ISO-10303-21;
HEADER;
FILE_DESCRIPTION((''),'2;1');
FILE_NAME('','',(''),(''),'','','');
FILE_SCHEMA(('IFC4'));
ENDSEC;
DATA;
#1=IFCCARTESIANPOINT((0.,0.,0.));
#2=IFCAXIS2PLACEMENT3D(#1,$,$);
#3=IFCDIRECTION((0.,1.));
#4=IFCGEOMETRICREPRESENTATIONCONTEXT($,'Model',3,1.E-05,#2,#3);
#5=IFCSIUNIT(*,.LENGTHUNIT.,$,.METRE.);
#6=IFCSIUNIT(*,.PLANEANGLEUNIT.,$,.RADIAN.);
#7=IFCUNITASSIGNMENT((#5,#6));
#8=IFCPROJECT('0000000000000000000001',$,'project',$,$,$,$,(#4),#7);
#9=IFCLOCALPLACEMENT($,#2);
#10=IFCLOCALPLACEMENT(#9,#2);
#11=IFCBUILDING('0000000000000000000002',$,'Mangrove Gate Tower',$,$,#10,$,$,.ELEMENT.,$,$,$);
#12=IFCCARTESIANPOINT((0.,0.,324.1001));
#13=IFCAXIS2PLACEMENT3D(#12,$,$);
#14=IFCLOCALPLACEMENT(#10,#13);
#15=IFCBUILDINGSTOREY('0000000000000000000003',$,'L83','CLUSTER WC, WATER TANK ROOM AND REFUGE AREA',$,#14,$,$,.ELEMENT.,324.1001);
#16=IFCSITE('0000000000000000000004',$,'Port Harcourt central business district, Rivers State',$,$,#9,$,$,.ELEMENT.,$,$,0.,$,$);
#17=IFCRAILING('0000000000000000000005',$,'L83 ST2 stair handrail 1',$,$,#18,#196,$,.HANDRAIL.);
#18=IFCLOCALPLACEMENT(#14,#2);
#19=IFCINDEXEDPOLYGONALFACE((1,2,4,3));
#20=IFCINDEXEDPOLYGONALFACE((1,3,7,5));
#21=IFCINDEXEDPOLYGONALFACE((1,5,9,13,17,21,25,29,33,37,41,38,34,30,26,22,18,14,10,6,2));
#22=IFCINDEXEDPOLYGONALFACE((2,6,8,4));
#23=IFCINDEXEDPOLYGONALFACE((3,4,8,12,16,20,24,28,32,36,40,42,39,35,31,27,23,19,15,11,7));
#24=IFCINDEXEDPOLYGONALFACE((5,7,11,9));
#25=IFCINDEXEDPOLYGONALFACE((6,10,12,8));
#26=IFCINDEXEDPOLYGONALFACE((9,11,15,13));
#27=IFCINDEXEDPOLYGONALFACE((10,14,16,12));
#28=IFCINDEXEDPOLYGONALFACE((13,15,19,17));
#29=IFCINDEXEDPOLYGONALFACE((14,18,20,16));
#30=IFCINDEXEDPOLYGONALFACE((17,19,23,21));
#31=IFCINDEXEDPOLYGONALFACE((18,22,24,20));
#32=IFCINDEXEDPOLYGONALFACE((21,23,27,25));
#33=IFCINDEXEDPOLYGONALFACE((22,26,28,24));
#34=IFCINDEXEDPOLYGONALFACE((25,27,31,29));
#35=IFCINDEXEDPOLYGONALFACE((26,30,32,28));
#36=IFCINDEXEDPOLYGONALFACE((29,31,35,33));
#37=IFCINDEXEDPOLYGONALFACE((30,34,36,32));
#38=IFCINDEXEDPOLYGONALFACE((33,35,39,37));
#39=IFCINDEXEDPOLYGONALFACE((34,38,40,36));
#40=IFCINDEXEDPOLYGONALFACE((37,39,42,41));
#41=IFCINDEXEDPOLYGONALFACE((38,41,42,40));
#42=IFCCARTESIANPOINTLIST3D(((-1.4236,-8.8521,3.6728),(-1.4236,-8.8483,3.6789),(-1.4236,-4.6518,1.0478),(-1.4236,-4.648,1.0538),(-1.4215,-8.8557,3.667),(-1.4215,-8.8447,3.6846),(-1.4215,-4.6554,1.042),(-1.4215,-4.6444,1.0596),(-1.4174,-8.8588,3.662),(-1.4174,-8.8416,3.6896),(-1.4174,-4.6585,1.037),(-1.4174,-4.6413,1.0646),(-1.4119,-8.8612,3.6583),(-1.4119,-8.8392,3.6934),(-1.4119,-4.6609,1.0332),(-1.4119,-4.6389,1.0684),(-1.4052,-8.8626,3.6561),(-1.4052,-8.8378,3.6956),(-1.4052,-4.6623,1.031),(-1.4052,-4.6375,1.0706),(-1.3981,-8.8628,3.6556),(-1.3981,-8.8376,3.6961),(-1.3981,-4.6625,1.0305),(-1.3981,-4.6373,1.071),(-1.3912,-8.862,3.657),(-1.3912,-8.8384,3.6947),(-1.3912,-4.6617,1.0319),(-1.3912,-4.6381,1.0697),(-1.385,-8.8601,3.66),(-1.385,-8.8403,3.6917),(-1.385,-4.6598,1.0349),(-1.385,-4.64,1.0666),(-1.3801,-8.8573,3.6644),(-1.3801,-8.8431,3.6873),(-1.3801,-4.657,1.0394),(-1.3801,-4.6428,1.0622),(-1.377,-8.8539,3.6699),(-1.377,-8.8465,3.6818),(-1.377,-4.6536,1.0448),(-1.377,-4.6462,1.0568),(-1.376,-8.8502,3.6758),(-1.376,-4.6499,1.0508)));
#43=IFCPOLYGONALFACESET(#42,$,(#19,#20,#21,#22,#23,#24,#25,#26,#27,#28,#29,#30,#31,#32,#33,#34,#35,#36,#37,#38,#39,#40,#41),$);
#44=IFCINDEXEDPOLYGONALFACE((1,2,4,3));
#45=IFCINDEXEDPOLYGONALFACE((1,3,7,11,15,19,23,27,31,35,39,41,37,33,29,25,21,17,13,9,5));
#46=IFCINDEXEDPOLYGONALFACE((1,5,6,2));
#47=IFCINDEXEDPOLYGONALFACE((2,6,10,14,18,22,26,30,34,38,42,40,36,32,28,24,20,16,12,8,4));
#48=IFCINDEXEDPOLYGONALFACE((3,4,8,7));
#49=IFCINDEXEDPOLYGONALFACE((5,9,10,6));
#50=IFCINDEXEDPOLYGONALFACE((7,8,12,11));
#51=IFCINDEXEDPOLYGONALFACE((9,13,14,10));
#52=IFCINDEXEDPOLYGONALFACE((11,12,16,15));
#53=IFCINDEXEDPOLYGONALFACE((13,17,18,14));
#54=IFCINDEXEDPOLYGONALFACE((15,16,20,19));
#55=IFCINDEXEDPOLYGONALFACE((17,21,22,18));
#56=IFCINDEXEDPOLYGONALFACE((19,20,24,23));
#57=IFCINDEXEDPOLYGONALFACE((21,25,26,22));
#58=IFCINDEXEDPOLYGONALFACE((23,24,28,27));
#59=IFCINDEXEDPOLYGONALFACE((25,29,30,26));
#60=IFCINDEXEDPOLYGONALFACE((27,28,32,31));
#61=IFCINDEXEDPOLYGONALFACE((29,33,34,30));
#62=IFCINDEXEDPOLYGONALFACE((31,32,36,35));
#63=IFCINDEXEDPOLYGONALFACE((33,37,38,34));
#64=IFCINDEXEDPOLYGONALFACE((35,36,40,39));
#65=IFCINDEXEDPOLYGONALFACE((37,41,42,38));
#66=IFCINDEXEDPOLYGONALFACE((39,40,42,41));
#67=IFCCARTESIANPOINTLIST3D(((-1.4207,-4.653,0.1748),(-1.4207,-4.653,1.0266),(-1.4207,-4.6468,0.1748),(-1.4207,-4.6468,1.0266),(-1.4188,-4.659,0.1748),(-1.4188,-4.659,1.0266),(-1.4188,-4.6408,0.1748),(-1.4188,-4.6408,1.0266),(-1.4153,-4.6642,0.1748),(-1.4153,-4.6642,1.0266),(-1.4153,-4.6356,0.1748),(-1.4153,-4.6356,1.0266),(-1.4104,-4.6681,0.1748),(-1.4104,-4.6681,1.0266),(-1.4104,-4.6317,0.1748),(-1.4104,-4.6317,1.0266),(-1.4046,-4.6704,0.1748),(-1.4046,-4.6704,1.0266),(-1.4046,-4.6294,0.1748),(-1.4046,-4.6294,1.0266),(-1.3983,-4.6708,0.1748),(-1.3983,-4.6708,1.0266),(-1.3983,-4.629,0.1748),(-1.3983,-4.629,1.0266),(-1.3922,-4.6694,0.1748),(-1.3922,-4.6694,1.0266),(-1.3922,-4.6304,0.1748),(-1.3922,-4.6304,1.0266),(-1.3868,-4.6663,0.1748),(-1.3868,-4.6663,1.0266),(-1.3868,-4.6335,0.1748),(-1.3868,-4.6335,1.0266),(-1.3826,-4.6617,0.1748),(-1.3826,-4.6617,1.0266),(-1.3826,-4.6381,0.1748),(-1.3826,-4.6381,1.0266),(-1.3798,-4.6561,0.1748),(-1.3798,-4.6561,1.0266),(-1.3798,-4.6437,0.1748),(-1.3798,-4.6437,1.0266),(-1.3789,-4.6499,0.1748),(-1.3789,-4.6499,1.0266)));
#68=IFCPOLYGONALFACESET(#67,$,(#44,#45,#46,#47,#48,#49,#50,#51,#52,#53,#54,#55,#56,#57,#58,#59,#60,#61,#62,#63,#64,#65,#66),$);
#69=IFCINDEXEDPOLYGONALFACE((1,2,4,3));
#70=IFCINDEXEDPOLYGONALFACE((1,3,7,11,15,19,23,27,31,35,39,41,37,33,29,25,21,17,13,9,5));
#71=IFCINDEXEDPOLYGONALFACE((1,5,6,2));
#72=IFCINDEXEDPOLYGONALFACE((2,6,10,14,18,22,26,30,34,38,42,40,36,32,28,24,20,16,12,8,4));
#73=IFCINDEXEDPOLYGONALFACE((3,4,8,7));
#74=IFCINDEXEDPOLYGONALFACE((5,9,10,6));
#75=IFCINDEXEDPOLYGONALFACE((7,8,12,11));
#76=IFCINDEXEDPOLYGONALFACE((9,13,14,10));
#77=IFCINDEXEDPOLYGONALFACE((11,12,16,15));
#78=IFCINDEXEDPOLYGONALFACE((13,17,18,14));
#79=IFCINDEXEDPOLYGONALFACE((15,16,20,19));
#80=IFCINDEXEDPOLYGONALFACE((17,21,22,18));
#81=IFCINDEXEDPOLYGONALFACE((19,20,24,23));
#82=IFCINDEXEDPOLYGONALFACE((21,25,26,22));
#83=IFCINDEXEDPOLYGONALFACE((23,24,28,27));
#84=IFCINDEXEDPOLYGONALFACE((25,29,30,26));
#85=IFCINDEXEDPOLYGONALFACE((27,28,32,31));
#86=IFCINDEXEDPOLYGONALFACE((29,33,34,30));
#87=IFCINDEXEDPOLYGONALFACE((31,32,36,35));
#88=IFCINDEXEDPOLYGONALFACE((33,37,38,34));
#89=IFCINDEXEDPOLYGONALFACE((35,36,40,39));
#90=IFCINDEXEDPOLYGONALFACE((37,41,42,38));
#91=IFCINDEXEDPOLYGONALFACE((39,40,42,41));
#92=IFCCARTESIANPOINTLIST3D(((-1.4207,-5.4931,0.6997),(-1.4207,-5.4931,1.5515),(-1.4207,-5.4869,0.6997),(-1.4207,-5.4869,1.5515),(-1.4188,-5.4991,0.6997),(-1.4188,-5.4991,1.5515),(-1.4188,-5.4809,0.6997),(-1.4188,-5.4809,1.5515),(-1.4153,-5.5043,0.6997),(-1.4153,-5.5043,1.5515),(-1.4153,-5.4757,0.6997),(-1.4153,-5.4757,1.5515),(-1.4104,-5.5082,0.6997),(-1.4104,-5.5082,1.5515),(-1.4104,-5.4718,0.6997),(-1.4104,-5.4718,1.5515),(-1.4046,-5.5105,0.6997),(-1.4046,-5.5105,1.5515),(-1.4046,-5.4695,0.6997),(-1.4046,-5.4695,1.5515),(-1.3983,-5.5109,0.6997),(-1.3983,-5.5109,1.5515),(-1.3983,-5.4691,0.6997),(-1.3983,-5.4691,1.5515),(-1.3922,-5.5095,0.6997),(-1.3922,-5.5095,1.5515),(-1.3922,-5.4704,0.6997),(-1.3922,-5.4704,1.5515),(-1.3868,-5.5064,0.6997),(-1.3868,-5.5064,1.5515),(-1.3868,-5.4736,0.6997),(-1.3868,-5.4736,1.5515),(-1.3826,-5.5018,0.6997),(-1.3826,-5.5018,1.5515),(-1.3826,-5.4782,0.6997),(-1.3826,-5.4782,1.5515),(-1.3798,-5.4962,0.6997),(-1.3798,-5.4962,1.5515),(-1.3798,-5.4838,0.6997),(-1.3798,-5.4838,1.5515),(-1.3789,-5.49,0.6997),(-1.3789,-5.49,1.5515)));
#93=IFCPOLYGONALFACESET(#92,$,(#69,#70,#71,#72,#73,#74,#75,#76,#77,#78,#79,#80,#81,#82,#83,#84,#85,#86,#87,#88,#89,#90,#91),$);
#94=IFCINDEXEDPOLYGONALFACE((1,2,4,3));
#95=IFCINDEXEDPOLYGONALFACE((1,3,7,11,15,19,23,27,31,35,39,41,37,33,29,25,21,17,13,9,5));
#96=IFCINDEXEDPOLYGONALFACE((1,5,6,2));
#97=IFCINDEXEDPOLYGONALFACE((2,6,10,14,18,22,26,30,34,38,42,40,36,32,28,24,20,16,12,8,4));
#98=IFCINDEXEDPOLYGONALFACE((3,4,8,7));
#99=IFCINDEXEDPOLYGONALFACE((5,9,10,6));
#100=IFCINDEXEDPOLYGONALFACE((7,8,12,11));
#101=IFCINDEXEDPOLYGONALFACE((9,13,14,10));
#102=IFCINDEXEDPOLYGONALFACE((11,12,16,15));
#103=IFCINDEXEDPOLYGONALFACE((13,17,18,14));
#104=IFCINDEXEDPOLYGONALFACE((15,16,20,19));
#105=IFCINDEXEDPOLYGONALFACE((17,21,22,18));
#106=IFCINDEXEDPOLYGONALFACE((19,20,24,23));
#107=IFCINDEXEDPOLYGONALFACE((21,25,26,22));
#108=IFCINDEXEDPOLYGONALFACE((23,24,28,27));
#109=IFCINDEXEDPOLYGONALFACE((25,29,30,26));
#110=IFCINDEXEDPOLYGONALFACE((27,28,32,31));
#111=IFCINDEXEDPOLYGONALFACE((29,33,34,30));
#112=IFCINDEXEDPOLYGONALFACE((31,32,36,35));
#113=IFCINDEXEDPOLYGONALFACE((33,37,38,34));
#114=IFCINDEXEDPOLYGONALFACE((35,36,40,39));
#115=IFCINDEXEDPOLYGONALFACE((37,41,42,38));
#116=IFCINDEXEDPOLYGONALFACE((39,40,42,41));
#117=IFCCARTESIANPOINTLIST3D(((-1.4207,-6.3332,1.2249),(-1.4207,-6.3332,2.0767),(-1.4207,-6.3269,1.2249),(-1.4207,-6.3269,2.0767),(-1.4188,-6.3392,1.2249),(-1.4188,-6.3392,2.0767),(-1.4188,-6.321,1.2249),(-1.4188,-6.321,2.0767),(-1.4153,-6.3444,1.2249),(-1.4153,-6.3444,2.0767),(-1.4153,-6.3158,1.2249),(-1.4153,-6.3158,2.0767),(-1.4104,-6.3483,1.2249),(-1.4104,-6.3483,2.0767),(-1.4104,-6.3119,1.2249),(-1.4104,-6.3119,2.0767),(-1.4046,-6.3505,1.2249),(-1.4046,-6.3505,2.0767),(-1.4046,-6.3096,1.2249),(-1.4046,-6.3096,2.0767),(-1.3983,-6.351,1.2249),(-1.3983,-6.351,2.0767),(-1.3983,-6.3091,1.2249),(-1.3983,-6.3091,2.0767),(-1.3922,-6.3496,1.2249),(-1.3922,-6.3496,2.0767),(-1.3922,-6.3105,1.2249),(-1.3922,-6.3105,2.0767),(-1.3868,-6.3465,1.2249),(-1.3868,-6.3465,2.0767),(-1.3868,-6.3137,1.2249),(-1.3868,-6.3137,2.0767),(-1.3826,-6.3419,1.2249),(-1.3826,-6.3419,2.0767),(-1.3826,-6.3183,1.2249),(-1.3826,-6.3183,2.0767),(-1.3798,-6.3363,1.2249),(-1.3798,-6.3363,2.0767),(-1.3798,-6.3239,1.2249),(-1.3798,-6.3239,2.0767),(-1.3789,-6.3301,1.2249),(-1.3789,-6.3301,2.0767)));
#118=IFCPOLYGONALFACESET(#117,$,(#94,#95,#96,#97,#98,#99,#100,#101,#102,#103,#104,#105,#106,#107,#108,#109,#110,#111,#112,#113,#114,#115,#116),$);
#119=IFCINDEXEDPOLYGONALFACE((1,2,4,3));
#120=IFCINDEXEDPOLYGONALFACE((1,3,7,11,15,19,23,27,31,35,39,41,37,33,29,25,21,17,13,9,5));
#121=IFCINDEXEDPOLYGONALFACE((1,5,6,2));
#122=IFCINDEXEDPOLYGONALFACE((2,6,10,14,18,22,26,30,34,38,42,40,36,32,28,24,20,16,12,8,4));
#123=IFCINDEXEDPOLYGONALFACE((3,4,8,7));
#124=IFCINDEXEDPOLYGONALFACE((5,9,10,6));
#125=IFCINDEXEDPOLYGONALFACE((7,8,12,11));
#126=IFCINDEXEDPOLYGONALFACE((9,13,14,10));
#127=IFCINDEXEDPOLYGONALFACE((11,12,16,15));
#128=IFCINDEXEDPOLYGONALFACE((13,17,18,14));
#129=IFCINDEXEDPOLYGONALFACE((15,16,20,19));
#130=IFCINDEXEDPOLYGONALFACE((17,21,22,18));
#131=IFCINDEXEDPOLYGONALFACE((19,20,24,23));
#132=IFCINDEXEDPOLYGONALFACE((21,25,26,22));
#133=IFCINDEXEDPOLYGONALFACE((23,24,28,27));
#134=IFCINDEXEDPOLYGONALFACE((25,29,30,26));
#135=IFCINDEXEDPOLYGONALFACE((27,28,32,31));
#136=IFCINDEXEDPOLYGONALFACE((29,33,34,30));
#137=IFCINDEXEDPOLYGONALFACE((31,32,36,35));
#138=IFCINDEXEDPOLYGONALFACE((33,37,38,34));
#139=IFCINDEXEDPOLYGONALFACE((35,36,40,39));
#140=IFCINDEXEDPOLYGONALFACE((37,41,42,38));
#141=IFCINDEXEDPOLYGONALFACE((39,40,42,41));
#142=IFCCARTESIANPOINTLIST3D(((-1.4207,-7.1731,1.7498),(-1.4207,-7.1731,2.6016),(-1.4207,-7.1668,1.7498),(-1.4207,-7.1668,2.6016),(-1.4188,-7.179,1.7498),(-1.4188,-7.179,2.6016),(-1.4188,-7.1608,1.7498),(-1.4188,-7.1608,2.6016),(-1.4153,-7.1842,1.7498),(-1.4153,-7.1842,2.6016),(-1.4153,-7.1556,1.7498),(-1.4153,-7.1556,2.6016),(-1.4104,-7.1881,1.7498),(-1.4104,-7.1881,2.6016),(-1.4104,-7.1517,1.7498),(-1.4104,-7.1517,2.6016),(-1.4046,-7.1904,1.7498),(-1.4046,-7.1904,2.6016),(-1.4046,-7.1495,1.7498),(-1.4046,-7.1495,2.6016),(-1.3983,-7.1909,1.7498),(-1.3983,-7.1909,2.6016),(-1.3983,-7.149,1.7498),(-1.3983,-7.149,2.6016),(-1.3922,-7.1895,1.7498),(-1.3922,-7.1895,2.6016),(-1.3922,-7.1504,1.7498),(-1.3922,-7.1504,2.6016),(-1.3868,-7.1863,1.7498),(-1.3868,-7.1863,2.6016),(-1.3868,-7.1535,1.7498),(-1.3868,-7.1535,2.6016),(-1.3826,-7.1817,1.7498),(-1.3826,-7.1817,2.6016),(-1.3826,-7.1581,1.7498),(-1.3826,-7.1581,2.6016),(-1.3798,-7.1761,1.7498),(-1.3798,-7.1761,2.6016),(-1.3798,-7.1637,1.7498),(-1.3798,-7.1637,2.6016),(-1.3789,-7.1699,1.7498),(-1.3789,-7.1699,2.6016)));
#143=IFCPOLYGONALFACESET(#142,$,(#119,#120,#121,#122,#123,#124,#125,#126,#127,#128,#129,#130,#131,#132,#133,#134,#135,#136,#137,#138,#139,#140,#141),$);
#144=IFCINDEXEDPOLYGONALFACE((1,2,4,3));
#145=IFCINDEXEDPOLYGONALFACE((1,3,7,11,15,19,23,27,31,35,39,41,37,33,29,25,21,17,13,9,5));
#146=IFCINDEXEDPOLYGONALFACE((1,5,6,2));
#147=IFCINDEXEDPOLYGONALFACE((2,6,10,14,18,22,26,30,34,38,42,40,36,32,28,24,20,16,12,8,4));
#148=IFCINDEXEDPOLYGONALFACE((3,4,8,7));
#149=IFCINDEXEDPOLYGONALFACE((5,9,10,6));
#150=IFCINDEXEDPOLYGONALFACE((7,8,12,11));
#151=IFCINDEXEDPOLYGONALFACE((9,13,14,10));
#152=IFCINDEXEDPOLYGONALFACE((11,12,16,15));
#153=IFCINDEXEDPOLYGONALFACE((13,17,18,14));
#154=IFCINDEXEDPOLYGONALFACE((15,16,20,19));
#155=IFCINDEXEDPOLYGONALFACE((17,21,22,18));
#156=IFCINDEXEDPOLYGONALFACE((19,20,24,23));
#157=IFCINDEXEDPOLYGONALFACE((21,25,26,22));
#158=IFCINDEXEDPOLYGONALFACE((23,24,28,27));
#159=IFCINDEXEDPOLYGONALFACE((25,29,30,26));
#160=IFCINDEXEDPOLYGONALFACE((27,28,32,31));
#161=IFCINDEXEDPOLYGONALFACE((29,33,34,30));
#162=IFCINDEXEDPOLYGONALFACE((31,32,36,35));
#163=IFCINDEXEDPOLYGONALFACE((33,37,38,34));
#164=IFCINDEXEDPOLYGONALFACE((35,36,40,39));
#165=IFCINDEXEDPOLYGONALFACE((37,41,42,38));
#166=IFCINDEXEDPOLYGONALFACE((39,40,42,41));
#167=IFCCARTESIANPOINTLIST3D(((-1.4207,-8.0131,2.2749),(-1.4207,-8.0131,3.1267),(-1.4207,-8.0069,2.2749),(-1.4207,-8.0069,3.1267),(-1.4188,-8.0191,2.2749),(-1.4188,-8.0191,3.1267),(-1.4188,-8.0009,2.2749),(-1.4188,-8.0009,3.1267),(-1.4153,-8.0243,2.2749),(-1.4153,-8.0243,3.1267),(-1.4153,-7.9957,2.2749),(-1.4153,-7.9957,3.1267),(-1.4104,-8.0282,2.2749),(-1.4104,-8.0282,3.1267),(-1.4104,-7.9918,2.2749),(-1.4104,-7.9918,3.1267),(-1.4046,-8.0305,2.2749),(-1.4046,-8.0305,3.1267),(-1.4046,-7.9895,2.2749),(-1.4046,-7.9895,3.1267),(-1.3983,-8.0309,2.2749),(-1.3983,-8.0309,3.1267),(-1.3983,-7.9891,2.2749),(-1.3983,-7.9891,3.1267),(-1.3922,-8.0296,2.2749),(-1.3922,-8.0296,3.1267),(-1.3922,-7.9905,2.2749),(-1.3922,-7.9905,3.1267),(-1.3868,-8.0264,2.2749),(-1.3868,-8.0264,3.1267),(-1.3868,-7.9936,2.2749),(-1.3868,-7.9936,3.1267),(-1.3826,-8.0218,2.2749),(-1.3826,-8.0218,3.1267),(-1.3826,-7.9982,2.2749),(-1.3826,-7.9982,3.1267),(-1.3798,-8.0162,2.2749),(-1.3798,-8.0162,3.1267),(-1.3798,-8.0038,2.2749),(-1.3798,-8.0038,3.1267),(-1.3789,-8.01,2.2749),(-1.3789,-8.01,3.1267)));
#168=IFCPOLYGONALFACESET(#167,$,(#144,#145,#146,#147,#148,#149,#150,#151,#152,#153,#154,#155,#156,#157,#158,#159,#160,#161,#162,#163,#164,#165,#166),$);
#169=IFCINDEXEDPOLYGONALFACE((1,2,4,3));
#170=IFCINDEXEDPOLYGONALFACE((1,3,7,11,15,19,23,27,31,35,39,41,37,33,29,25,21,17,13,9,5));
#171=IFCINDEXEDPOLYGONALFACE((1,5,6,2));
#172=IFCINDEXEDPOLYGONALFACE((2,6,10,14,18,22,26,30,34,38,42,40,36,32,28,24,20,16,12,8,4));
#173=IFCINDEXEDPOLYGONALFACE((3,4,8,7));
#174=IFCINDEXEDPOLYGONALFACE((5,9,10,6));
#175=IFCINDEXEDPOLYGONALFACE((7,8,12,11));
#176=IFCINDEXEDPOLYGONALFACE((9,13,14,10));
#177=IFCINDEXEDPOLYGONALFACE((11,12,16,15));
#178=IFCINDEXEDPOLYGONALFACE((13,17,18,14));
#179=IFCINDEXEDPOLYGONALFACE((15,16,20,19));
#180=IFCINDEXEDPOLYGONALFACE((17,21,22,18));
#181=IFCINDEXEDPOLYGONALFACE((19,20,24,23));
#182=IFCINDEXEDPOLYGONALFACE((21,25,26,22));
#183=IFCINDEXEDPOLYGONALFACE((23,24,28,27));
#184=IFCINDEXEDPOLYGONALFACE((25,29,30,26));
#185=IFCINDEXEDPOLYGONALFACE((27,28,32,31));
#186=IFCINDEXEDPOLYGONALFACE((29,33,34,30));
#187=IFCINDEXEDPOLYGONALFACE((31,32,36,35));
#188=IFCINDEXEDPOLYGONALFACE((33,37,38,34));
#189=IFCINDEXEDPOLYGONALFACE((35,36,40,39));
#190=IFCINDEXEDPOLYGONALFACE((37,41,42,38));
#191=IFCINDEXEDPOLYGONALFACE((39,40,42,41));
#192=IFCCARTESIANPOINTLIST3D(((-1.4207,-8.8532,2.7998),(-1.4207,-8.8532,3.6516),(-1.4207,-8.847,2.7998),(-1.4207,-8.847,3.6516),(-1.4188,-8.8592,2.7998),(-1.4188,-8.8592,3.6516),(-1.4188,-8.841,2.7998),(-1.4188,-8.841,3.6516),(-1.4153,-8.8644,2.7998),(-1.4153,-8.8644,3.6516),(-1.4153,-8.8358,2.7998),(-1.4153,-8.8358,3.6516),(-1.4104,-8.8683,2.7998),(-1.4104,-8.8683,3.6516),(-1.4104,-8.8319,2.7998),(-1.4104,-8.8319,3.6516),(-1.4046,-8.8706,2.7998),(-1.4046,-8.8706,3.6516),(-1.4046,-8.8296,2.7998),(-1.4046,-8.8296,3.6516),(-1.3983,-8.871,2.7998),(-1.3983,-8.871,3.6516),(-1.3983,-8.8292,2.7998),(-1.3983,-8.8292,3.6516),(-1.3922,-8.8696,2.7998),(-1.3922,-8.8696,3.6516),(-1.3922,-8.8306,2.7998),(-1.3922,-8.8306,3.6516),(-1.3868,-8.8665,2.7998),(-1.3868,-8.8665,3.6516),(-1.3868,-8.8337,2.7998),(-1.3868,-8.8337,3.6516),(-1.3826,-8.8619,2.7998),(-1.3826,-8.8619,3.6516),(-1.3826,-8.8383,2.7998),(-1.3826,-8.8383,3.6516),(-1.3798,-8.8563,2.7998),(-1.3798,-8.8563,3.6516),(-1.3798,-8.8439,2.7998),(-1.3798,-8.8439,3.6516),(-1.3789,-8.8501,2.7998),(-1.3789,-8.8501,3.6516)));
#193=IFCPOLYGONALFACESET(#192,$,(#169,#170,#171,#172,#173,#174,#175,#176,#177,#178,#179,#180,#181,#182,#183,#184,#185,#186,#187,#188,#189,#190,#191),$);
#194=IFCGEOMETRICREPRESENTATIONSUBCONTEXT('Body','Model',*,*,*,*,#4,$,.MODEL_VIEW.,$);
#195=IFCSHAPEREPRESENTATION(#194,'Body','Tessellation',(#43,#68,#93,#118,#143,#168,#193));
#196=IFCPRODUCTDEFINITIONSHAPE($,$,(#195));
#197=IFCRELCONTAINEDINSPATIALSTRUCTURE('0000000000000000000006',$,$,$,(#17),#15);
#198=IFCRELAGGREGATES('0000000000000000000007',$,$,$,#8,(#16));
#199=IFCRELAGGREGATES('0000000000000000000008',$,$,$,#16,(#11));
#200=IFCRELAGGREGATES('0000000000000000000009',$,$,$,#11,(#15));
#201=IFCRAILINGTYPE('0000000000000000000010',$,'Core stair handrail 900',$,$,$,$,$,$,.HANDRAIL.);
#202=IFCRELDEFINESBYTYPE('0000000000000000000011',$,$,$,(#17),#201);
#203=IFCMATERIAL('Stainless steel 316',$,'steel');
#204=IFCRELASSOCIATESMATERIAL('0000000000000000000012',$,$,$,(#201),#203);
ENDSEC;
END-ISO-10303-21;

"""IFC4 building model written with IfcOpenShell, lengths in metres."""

from ifc_helpers import new_model, si_unit, direction, frame, origin, origin_2d, place, context, subcontext, project, spatial, circle, extrude, material, type_object, element, save


model = new_model("IFC4")

# Units and contexts
model_context = context("Model", 3, precision=1e-05, world=origin(), true_north=direction((0.0, 1.0)))
body_context = subcontext(model_context, "Body", "Model", "MODEL_VIEW")
ifc_project = project(units=[si_unit("LENGTHUNIT", "METRE"), si_unit("PLANEANGLEUNIT", "RADIAN")], contexts=[model_context])

# Site, building, storey
site_placement = place(None, origin())
site = spatial("IfcSite", under=ifc_project, at=site_placement, Name="Port Harcourt central business district, Rivers State", CompositionType="ELEMENT", RefElevation=0.0)
building_placement = place(site_placement, origin())
building = spatial("IfcBuilding", under=site, at=building_placement, Name="Mangrove Gate Tower", CompositionType="ELEMENT")
storey_placement = place(building_placement, frame((0.0, 0.0, 324.1001)))
storey = spatial("IfcBuildingStorey", under=building, at=storey_placement, Name="L83", Description="CLUSTER WC, WATER TANK ROOM AND REFUGE AREA", CompositionType="ELEMENT", Elevation=324.1001)

# Railing
ifc_material_1 = material(Name="Stainless steel 316", Category="steel")
railing_type_1 = type_object("IfcRailingType", Name="Core stair handrail 900", PredefinedType="HANDRAIL", material=ifc_material_1)
railing_1_placement = place(storey_placement, frame((-1.3999, -4.6499, 0.1748)))
element("IfcRailing", 1, at=railing_1_placement, inside=storey, type_object=railing_type_1, Name="L83 ST2 stair handrail 1", PredefinedType="HANDRAIL", context=body_context, shape_type="SweptSolid", body=[
    extrude(circle(Radius=0.0239, at=origin_2d()), frame((0.0, 0.0, 0.876), z_axis=(0.0, -0.848009, 0.529981), x_axis=(1.0, 0.0, 0.0)), (0.0, 0.0, 1.0), 4.9531),
    extrude(circle(Radius=0.021, at=origin_2d()), origin(), (0.0, 0.0, 1.0), 0.8518),
    extrude(circle(Radius=0.021, at=origin_2d()), frame((0.0, -0.8401, 0.5249)), (0.0, 0.0, 1.0), 0.8518),
    extrude(circle(Radius=0.021, at=origin_2d()), frame((0.0, -1.6802, 1.05)), (0.0, 0.0, 1.0), 0.8518),
    extrude(circle(Radius=0.021, at=origin_2d()), frame((0.0, -2.52, 1.575)), (0.0, 0.0, 1.0), 0.8518),
    extrude(circle(Radius=0.021, at=origin_2d()), frame((0.0, -3.3601, 2.1001)), (0.0, 0.0, 1.0), 0.8518),
    extrude(circle(Radius=0.021, at=origin_2d()), frame((0.0, -4.2002, 2.625)), (0.0, 0.0, 1.0), 0.8518),
])

save(model, "model.ifc")
